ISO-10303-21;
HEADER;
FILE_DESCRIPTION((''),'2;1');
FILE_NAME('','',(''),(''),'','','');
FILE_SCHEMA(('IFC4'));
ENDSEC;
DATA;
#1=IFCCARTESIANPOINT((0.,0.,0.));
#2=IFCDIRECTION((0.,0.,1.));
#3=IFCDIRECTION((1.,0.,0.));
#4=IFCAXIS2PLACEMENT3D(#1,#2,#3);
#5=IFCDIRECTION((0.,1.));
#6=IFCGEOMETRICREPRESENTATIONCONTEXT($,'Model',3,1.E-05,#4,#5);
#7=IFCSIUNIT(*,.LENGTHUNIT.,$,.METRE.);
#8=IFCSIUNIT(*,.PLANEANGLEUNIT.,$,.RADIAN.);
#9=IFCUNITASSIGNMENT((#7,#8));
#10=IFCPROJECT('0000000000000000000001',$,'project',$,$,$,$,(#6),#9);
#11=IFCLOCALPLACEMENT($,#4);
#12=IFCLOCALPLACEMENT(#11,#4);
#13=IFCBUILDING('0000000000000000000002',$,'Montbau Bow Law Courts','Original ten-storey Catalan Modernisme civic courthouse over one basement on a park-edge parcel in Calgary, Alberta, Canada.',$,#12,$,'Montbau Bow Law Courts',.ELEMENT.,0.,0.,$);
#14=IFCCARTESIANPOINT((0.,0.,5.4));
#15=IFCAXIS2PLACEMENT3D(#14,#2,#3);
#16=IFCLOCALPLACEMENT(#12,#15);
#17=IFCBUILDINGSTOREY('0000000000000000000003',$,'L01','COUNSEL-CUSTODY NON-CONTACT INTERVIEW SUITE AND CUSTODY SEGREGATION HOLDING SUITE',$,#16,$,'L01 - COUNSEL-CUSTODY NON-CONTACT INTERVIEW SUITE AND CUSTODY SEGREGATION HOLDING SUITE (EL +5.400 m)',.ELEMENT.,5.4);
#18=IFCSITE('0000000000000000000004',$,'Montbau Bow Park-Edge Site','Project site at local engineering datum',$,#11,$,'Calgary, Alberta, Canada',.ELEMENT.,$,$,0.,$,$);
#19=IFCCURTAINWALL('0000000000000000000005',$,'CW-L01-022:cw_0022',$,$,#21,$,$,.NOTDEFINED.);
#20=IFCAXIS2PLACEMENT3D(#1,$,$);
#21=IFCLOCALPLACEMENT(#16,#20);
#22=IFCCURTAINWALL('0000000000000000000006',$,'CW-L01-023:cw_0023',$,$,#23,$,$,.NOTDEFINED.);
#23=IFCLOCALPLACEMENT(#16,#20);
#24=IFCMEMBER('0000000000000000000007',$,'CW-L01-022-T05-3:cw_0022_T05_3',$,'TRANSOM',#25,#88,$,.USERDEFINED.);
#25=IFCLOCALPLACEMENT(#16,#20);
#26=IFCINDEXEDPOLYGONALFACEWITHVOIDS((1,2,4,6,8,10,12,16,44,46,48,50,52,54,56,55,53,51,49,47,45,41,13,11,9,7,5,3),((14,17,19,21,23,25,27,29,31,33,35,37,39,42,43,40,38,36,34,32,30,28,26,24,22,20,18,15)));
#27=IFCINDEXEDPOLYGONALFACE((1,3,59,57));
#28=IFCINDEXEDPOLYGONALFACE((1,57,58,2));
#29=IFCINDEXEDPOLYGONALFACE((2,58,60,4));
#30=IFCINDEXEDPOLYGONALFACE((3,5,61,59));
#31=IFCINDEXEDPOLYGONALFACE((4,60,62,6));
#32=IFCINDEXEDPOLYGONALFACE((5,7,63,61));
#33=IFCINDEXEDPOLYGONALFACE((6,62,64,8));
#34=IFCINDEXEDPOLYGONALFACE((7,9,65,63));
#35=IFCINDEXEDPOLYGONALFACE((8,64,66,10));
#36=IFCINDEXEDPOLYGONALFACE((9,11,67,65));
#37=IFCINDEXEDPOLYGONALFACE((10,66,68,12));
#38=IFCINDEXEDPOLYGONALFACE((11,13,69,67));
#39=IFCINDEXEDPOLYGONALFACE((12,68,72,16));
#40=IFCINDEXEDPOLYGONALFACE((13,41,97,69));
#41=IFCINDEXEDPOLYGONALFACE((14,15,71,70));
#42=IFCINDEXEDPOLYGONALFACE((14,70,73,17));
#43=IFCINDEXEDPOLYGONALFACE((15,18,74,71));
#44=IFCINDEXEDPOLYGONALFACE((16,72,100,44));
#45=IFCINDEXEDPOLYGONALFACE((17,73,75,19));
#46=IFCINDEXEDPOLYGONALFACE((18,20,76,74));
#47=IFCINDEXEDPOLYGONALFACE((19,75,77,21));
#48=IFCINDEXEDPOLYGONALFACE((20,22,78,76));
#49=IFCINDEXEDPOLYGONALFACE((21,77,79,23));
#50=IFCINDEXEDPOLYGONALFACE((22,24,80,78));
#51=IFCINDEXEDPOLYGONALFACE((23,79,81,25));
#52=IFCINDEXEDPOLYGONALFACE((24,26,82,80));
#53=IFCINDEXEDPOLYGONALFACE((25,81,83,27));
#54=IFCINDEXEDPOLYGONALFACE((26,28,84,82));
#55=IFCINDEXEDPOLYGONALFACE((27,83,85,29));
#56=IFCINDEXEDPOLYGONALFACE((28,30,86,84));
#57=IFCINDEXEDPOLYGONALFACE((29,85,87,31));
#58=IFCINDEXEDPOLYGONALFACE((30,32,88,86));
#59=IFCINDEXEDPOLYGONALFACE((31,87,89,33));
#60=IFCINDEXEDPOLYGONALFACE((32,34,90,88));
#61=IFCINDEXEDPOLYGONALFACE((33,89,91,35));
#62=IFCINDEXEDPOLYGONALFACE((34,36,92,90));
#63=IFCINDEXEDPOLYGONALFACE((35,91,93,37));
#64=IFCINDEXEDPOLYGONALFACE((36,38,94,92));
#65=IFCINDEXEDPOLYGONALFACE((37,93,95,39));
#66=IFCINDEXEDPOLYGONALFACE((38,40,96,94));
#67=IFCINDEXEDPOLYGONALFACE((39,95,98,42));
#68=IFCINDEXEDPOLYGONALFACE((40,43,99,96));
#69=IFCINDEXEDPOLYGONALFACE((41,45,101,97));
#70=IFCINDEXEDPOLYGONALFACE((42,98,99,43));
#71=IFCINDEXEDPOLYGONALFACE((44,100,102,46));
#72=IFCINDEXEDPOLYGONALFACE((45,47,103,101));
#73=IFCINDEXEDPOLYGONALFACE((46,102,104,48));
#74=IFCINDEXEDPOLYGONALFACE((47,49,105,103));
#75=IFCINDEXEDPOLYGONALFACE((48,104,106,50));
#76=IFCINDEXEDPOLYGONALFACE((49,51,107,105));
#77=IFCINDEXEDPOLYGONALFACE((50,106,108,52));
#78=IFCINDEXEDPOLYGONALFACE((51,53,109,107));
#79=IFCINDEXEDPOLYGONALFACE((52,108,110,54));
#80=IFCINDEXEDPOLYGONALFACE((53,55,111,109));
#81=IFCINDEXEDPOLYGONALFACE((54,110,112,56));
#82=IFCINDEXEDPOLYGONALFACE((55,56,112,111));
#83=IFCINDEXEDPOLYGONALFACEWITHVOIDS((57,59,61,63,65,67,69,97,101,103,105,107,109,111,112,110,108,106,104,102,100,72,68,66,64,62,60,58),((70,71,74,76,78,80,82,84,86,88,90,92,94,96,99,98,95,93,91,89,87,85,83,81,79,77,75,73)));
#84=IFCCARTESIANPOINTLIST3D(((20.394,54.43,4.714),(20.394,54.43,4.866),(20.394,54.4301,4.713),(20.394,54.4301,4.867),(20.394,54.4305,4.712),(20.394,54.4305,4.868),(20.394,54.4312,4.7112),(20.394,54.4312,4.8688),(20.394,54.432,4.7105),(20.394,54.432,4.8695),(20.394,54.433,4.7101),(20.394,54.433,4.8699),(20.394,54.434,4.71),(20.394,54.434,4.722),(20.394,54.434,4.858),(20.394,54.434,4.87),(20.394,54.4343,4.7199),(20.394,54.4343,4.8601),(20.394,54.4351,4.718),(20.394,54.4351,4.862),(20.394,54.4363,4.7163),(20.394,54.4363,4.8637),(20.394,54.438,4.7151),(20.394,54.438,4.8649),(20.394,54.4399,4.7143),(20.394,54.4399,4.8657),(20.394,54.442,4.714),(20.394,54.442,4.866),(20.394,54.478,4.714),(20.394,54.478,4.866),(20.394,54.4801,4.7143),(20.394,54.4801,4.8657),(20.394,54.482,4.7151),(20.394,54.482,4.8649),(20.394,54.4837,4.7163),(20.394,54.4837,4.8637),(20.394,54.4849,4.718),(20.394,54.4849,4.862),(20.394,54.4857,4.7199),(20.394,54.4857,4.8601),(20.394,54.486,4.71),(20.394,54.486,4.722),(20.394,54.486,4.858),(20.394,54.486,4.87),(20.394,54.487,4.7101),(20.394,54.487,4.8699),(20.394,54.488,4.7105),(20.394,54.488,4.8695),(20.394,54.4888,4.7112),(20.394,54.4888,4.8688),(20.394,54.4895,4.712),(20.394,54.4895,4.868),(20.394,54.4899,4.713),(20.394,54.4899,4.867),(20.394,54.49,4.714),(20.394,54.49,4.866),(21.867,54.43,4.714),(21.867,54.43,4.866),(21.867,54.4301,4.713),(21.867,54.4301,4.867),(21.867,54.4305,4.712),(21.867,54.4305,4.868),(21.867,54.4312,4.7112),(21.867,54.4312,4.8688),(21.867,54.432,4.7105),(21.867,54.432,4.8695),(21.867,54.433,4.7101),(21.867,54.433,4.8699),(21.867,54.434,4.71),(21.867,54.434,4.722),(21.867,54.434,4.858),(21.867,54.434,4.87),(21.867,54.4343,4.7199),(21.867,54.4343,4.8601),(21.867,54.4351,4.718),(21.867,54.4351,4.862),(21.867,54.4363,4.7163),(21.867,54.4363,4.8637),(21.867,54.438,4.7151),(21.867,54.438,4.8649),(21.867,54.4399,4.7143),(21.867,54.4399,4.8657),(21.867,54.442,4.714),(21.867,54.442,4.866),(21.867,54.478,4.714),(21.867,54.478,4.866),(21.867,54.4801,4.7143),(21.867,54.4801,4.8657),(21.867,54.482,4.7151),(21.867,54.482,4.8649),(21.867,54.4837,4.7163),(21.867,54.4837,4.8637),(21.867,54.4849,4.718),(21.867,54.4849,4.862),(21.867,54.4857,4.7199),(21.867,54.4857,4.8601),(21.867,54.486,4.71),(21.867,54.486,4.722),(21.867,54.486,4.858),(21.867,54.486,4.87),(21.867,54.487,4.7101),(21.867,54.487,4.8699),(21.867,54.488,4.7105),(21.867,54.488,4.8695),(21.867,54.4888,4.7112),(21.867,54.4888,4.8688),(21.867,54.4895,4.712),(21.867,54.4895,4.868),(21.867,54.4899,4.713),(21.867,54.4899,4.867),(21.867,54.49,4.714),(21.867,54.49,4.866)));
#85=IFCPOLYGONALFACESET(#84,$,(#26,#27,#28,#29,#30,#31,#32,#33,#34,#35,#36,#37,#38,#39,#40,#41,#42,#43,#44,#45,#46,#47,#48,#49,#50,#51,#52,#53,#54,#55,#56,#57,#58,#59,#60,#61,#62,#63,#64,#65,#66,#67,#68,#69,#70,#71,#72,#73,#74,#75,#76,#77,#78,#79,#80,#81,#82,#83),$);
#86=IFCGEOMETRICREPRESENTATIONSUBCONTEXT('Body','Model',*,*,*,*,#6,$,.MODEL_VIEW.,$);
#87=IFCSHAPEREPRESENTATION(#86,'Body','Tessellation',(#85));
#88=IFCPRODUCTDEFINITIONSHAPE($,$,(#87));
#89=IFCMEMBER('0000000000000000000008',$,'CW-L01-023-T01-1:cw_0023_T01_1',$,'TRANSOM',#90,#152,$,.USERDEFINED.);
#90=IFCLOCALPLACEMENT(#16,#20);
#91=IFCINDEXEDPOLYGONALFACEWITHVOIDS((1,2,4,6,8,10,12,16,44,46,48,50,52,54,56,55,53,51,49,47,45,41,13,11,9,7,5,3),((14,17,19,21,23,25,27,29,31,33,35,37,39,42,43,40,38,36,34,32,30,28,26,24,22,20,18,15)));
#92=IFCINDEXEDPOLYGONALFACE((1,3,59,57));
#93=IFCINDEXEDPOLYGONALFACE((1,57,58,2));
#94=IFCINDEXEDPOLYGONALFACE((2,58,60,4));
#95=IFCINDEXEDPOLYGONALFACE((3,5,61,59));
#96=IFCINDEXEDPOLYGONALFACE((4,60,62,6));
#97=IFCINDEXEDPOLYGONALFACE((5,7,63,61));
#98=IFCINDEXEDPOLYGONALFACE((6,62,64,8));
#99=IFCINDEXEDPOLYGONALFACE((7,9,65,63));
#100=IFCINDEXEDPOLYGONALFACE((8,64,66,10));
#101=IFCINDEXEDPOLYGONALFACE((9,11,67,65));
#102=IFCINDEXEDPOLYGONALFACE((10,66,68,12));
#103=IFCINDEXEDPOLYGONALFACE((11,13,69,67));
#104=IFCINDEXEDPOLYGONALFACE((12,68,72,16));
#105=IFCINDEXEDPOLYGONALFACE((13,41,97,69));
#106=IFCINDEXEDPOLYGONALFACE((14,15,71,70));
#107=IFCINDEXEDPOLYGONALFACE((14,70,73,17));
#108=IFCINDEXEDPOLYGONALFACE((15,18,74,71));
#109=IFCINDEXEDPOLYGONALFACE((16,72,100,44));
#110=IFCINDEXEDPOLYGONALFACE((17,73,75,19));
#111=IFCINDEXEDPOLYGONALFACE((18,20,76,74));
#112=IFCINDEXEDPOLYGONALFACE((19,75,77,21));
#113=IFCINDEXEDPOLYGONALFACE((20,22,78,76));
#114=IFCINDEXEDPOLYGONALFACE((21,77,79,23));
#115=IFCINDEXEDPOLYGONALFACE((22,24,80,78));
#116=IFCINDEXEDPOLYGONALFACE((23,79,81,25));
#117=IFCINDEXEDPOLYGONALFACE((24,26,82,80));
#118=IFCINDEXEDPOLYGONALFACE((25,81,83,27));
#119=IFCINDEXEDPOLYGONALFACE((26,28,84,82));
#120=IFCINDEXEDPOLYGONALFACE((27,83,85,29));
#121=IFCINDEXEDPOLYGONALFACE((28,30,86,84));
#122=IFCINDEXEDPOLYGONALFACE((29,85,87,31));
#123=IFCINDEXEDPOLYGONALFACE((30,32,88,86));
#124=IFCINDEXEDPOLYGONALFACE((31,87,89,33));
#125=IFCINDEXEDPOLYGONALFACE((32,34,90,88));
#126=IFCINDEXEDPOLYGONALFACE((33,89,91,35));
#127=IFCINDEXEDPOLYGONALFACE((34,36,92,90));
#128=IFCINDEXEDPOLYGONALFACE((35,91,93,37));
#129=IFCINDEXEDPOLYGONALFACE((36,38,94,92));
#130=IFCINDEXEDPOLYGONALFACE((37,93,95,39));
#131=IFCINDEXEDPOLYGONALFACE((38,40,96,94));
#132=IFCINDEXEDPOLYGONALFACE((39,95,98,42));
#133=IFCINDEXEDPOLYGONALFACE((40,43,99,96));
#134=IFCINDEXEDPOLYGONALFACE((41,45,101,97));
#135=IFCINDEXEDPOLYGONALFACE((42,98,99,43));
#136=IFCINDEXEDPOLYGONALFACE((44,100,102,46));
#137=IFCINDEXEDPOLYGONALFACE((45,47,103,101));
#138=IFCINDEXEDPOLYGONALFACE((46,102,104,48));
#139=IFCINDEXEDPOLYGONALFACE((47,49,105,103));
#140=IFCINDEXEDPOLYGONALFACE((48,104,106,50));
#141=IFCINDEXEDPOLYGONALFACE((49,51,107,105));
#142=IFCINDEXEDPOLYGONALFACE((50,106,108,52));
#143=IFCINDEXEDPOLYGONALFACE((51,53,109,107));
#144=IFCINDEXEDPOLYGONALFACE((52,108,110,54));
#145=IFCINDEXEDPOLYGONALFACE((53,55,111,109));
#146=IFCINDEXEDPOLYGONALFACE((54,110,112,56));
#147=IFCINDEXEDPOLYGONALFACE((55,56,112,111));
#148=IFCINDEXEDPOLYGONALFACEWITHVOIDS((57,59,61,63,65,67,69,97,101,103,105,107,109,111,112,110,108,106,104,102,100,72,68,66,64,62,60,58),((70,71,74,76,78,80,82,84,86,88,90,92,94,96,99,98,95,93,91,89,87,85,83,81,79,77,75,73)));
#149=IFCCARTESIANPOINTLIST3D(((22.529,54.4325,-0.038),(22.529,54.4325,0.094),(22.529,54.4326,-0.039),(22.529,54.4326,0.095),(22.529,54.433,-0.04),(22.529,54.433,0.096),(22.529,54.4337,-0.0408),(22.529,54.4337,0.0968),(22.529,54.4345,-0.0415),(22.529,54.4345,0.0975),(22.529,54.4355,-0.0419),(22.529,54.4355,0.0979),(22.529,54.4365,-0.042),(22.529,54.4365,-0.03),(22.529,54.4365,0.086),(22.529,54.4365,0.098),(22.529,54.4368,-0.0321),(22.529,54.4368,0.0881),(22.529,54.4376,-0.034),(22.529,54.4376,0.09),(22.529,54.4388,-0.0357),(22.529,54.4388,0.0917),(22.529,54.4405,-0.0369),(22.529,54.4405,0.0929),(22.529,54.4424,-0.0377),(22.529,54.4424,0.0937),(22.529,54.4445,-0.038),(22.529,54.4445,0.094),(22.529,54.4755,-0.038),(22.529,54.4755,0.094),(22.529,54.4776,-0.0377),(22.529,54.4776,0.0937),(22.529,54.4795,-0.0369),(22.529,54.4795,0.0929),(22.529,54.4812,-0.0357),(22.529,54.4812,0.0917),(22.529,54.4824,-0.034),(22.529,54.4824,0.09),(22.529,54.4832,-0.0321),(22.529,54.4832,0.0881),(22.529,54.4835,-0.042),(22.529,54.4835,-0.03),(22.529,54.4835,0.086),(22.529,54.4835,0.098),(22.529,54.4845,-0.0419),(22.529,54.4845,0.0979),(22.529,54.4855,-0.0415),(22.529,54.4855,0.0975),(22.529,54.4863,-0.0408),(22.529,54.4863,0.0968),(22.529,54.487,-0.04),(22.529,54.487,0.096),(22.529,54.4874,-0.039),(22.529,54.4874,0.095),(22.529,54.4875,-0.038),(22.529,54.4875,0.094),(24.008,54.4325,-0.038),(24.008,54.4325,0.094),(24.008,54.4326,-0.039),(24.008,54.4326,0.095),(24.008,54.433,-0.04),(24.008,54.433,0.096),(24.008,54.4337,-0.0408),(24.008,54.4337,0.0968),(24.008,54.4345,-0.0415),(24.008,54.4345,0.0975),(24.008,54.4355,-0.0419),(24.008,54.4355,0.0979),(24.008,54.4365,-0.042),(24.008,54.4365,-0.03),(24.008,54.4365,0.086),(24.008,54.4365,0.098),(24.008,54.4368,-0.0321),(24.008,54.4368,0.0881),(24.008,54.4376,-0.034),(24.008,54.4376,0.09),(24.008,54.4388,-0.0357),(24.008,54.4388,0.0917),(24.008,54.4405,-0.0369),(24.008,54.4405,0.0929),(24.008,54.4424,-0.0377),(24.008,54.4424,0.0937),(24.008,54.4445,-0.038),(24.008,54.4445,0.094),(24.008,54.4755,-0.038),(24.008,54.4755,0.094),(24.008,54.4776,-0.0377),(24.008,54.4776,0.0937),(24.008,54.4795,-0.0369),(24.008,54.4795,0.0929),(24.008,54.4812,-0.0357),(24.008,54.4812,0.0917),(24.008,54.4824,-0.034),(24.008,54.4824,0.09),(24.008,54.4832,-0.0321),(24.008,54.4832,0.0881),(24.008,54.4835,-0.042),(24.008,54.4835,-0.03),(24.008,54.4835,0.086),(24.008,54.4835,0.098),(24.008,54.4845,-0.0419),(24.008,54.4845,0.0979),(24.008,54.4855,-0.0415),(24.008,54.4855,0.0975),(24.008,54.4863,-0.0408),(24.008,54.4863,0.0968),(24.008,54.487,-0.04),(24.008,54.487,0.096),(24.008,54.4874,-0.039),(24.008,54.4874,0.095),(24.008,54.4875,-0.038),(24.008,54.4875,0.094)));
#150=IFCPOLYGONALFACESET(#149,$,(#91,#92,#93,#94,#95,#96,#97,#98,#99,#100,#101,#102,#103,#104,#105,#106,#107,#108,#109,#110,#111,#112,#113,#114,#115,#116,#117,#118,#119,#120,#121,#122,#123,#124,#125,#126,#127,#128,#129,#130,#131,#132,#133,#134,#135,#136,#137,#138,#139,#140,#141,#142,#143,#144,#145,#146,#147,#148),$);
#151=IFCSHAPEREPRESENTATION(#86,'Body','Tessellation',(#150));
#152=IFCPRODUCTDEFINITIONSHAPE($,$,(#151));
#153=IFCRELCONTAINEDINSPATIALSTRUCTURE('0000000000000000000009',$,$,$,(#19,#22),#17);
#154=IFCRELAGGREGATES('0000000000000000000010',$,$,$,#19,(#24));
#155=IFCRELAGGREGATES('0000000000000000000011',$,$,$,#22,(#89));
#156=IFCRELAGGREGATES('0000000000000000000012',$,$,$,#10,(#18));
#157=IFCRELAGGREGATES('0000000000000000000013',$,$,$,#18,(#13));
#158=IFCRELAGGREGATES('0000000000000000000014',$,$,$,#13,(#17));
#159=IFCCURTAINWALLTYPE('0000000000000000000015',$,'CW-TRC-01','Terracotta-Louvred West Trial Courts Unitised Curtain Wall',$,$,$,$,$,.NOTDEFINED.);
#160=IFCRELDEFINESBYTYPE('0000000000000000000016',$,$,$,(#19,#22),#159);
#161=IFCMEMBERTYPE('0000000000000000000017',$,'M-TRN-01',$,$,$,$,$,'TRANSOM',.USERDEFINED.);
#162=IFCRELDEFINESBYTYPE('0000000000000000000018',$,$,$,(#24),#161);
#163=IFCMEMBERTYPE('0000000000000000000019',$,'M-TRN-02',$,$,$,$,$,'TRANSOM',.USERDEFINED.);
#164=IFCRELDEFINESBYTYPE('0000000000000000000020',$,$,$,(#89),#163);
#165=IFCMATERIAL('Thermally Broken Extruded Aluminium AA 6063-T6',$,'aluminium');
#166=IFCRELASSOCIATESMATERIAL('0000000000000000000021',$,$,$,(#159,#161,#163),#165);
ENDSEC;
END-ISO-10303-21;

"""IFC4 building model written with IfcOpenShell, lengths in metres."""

from ifc_helpers import new_model, si_unit, direction, frame, origin_with_axes, origin_2d_with_axis, place, context, subcontext, project, spatial, hollow_rectangle, extrude, material, material_profile, profile_set, type_object, element, aggregate, save


model = new_model("IFC4")

# Units and contexts
model_context = context("Model", 3, precision=1e-05, world=origin_with_axes(), true_north=direction((0.0, 1.0)))
body_context = subcontext(model_context, "Body", "Model", "MODEL_VIEW")
ifc_project = project(units=[si_unit("LENGTHUNIT", "METRE"), si_unit("PLANEANGLEUNIT", "RADIAN")], contexts=[model_context])

# Site, building, storey
site_placement = place(None, origin_with_axes())
site = spatial("IfcSite", under=ifc_project, at=site_placement, Name="Montbau Bow Park-Edge Site", Description="Project site at local engineering datum", LongName="Calgary, Alberta, Canada", CompositionType="ELEMENT", RefElevation=0.0)
building_placement = place(site_placement, origin_with_axes())
building = spatial("IfcBuilding", under=site, at=building_placement, Name="Montbau Bow Law Courts", Description="Original ten-storey Catalan Modernisme civic courthouse over one basement on a park-edge parcel in Calgary, Alberta, Canada.", LongName="Montbau Bow Law Courts", CompositionType="ELEMENT", ElevationOfRefHeight=0.0, ElevationOfTerrain=0.0)
storey_placement = place(building_placement, frame((0.0, 0.0, 5.4), z_axis=(0.0, 0.0, 1.0), x_axis=(1.0, 0.0, 0.0)))
storey = spatial("IfcBuildingStorey", under=building, at=storey_placement, Name="L01", Description="COUNSEL-CUSTODY NON-CONTACT INTERVIEW SUITE AND CUSTODY SEGREGATION HOLDING SUITE", LongName="L01 - COUNSEL-CUSTODY NON-CONTACT INTERVIEW SUITE AND CUSTODY SEGREGATION HOLDING SUITE (EL +5.400 m)", CompositionType="ELEMENT", Elevation=5.4)

# Curtain walls
ifc_material_1 = material(Name="Thermally Broken Extruded Aluminium AA 6063-T6", Category="aluminium")
curtain_wall_type = type_object("IfcCurtainWallType", Name="CW-TRC-01", Description="Terracotta-Louvred West Trial Courts Unitised Curtain Wall", PredefinedType="NOTDEFINED", material=ifc_material_1)
curtain_wall_1_placement = place(None, frame((14.068, 54.46, 5.4), z_axis=(0.0, 0.0, 1.0), x_axis=(1.0, 0.0, 0.0)))
curtain_wall_1 = element("IfcCurtainWall", 1, at=curtain_wall_1_placement, inside=storey, type_object=curtain_wall_type, Name="CW-L01-022:cw_0022", PredefinedType="NOTDEFINED")
curtain_wall_2_placement = place(None, frame((22.467, 54.46, 5.4), z_axis=(0.0, 0.0, 1.0), x_axis=(1.0, 0.0, 0.0)))
curtain_wall_2 = element("IfcCurtainWall", 2, at=curtain_wall_2_placement, inside=storey, type_object=curtain_wall_type, Name="CW-L01-023:cw_0023", PredefinedType="NOTDEFINED")

# Members
ifc_material_profile_1 = material_profile(ifc_material_1, hollow_rectangle(XDim=0.06, YDim=0.16, WallThickness=0.004, InnerFilletRadius=0.008, OuterFilletRadius=0.004, at=origin_2d_with_axis()), Name="CWT-160X60", Category="Main", Priority=0)
ifc_profile_set_1 = profile_set([ifc_material_profile_1], Name="Thermally Broken Extruded Aluminium AA 6063-T6")
member_type_1 = type_object("IfcMemberType", Name="M-TRN-01", ElementType="TRANSOM", PredefinedType="USERDEFINED", material=ifc_profile_set_1)
member_1_placement = place(None, frame((20.394, 54.46, 10.19), z_axis=(1.0, 0.0, 0.0), x_axis=(0.0, 1.0, 0.0)))
member_1 = element("IfcMember", 3, at=member_1_placement, type_object=member_type_1, Name="CW-L01-022-T05-3:cw_0022_T05_3", ObjectType="TRANSOM", PredefinedType="USERDEFINED", context=body_context, shape_type="SweptSolid", body=[
    extrude(hollow_rectangle(XDim=0.06, YDim=0.16, WallThickness=0.004, InnerFilletRadius=0.008, OuterFilletRadius=0.004, at=origin_2d_with_axis()), origin_with_axes(), (0.0, 0.0, 1.0), 1.473),
])
ifc_material_profile_2 = material_profile(ifc_material_1, hollow_rectangle(XDim=0.055, YDim=0.14, WallThickness=0.004, InnerFilletRadius=0.008, OuterFilletRadius=0.004, at=origin_2d_with_axis()), Name="CWT-140X55", Category="Main", Priority=0)
ifc_profile_set_2 = profile_set([ifc_material_profile_2], Name="Thermally Broken Extruded Aluminium AA 6063-T6")
member_type_2 = type_object("IfcMemberType", Name="M-TRN-02", ElementType="TRANSOM", PredefinedType="USERDEFINED", material=ifc_profile_set_2)
member_2_placement = place(None, frame((22.529, 54.46, 5.428), z_axis=(1.0, 0.0, 0.0), x_axis=(0.0, 1.0, 0.0)))
member_2 = element("IfcMember", 4, at=member_2_placement, type_object=member_type_2, Name="CW-L01-023-T01-1:cw_0023_T01_1", ObjectType="TRANSOM", PredefinedType="USERDEFINED", context=body_context, shape_type="SweptSolid", body=[
    extrude(hollow_rectangle(XDim=0.055, YDim=0.14, WallThickness=0.004, InnerFilletRadius=0.008, OuterFilletRadius=0.004, at=origin_2d_with_axis()), origin_with_axes(), (0.0, 0.0, 1.0), 1.479),
])

aggregate(curtain_wall_1, [member_1])
aggregate(curtain_wall_2, [member_2])

save(model, "model.ifc")
